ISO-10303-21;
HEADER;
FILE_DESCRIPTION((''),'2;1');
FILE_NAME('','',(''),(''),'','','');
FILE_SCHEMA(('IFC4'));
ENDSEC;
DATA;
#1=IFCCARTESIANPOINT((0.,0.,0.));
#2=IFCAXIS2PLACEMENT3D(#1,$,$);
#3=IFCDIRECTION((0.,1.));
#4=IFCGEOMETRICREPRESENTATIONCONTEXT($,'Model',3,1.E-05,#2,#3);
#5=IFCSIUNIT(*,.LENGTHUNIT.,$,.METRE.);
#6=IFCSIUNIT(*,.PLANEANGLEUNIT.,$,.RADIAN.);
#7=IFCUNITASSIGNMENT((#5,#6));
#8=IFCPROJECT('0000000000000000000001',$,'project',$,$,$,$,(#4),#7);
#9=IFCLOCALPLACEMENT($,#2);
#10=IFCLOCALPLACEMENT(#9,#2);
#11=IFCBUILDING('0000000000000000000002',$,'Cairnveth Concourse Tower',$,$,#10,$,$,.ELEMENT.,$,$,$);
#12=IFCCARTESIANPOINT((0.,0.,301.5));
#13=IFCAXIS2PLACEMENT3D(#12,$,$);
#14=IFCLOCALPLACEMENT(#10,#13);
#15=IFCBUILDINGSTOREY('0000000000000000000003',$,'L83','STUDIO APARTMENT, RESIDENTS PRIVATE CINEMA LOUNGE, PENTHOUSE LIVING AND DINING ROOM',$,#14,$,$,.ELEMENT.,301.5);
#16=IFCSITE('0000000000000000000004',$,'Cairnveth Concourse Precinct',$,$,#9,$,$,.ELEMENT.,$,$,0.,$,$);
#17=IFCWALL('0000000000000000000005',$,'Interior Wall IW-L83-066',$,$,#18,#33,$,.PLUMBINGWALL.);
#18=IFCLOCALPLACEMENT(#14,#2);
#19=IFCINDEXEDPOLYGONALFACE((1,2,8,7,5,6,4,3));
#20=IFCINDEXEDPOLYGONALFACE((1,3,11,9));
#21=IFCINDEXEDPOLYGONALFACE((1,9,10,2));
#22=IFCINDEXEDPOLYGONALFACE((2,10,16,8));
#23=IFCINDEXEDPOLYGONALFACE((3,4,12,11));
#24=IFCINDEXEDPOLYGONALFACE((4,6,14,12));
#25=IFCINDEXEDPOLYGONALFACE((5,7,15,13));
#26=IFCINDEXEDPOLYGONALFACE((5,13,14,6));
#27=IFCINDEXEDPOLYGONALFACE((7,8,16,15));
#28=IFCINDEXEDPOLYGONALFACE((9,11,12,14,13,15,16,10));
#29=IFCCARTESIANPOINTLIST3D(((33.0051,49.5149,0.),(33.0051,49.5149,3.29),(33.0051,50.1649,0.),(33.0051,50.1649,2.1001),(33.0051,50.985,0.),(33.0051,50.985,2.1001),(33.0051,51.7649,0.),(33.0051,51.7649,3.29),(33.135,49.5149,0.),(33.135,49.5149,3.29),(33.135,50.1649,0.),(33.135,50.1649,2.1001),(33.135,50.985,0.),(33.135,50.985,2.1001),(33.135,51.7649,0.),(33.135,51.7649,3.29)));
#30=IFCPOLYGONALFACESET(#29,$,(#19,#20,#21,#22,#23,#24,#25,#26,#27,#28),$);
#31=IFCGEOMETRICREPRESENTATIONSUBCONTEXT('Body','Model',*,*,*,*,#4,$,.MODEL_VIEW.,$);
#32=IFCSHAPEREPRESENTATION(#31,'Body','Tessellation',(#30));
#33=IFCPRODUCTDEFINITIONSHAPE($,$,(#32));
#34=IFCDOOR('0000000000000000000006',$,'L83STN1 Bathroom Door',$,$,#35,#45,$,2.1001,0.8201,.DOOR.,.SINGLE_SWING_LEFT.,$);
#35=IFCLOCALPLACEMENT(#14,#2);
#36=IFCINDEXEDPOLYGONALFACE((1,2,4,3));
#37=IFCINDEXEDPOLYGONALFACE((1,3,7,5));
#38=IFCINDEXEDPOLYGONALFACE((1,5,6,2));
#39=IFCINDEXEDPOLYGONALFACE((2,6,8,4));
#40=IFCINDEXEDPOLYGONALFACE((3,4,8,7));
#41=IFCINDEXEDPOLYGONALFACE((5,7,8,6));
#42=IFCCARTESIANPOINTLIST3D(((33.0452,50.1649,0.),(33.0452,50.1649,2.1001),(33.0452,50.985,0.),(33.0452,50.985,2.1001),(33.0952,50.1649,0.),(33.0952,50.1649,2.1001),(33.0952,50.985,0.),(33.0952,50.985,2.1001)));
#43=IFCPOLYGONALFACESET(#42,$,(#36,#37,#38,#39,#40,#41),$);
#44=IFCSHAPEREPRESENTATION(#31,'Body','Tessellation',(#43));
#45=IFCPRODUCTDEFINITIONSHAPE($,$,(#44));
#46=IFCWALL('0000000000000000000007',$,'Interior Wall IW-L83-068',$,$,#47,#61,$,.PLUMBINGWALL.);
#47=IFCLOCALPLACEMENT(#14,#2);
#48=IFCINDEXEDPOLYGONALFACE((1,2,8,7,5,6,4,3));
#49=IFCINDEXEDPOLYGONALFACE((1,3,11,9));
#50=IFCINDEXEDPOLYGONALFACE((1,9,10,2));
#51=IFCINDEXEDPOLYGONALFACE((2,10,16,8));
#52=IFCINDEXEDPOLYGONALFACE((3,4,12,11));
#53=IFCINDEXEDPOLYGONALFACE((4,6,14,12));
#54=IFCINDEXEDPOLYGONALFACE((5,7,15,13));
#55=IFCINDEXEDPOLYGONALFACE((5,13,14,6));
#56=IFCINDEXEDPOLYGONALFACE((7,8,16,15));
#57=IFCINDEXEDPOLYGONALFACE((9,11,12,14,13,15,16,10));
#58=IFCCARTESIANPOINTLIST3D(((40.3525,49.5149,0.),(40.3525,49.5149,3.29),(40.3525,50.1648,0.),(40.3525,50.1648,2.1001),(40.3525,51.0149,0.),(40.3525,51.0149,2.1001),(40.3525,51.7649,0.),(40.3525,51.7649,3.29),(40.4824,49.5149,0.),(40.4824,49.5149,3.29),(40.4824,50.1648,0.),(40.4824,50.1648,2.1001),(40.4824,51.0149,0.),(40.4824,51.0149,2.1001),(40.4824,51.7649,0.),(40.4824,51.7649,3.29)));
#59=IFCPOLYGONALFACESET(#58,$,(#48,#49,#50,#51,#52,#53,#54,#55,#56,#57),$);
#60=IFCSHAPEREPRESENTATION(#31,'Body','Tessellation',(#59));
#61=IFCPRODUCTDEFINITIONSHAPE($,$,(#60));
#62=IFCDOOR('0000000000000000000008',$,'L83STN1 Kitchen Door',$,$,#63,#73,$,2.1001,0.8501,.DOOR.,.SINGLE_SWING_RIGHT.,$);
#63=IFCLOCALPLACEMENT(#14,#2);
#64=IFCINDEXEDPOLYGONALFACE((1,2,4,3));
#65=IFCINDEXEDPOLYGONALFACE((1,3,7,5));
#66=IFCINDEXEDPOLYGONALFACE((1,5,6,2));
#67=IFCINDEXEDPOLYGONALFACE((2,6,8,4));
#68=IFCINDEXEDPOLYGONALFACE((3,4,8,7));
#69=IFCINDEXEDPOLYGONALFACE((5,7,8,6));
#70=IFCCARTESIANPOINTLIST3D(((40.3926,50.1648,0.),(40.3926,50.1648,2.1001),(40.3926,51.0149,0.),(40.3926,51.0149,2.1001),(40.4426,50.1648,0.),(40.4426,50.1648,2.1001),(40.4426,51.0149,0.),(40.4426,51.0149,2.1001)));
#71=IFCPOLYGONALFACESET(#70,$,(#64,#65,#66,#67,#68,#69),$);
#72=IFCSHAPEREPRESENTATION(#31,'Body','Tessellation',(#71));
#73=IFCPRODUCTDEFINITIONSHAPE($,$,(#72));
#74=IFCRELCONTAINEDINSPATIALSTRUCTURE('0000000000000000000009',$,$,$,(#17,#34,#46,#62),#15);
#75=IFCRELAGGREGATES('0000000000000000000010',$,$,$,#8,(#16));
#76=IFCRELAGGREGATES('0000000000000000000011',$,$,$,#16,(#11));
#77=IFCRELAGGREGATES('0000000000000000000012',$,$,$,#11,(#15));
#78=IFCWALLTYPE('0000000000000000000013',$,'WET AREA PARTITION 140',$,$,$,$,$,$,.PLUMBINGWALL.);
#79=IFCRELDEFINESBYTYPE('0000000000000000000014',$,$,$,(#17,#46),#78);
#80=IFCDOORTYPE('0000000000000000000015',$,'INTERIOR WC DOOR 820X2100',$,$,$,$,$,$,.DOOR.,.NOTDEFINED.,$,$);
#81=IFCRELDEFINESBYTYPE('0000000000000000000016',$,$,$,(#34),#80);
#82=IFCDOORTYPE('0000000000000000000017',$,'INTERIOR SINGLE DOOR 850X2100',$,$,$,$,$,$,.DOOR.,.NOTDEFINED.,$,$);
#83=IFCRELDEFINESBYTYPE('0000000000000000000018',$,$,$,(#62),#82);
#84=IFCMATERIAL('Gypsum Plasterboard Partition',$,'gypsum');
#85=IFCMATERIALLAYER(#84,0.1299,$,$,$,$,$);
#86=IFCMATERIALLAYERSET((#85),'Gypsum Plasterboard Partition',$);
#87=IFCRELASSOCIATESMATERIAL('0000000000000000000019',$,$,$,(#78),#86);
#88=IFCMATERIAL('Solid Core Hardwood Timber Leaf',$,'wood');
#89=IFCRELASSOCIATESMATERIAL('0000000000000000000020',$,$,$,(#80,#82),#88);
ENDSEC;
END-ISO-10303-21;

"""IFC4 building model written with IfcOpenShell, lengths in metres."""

from ifc_helpers import new_model, si_unit, direction, frame, frame_2d, origin, place, context, subcontext, project, spatial, rectangle, extrude, material, layer, layer_set, type_object, element, fill, save


model = new_model("IFC4")

# Units and contexts
model_context = context("Model", 3, precision=1e-05, world=origin(), true_north=direction((0.0, 1.0)))
body_context = subcontext(model_context, "Body", "Model", "MODEL_VIEW")
ifc_project = project(units=[si_unit("LENGTHUNIT", "METRE"), si_unit("PLANEANGLEUNIT", "RADIAN")], contexts=[model_context])

# Site, building, storey
site_placement = place(None, origin())
site = spatial("IfcSite", under=ifc_project, at=site_placement, Name="Cairnveth Concourse Precinct", CompositionType="ELEMENT", RefElevation=0.0)
building_placement = place(site_placement, origin())
building = spatial("IfcBuilding", under=site, at=building_placement, Name="Cairnveth Concourse Tower", CompositionType="ELEMENT")
storey_placement = place(building_placement, frame((0.0, 0.0, 301.5)))
storey = spatial("IfcBuildingStorey", under=building, at=storey_placement, Name="L83", Description="STUDIO APARTMENT, RESIDENTS PRIVATE CINEMA LOUNGE, PENTHOUSE LIVING AND DINING ROOM", CompositionType="ELEMENT", Elevation=301.5)

# Shared definitions
ifc_material_1 = material(Name="Gypsum Plasterboard Partition", Category="gypsum")
ifc_material_2 = material(Name="Solid Core Hardwood Timber Leaf", Category="wood")

# Walls, openings, doors
ifc_layer_1 = layer(ifc_material_1, 0.1299)
ifc_layer_set_1 = layer_set([ifc_layer_1], Name="Gypsum Plasterboard Partition")
wall_type_1 = type_object("IfcWallType", Name="WET AREA PARTITION 140", PredefinedType="PLUMBINGWALL", material=ifc_layer_set_1)
wall_1_placement = place(storey_placement, frame((33.0701, 49.5149, 0.0), z_axis=(0.0, 0.0, 1.0), x_axis=(0.0, 1.0, 0.0)))
wall_1 = element("IfcWall", 1, at=wall_1_placement, inside=storey, type_object=wall_type_1, Name="Interior Wall IW-L83-066", PredefinedType="PLUMBINGWALL", context=body_context, shape_type="SweptSolid", body=[
    extrude(rectangle(XDim=2.25, YDim=0.1299, at=frame_2d((1.125, 0.0))), origin(), (0.0, 0.0, 1.0), 3.29),
])
opening_1_placement = place(wall_1_placement, frame((0.6499, 0.0, 0.0)))
opening_1 = element("IfcOpeningElement", 2, at=opening_1_placement, cuts=wall_1, PredefinedType="OPENING", context=body_context, shape_type="SweptSolid", body=[
    extrude(rectangle(XDim=0.8201, YDim=2.1001, at=frame_2d((0.4102, 1.05))), frame((0.0, 0.075, 0.0), z_axis=(0.0, -1.0, 0.0), x_axis=(1.0, 0.0, 0.0)), (0.0, 0.0, 1.0), 0.1499),
])
door_type_1 = type_object("IfcDoorType", Name="INTERIOR WC DOOR 820X2100", OperationType="NOTDEFINED", PredefinedType="DOOR", material=ifc_material_2)
door_1_placement = place(opening_1_placement, origin())
door_1 = element("IfcDoor", 3, at=door_1_placement, inside=storey, type_object=door_type_1, Name="L83STN1 Bathroom Door", OperationType="SINGLE_SWING_LEFT", OverallHeight=2.1001, OverallWidth=0.8201, PredefinedType="DOOR", context=body_context, shape_type="SweptSolid", body=[
    extrude(rectangle(XDim=0.8201, YDim=2.1001, at=frame_2d((0.4102, 1.05))), frame((0.0, 0.0249, 0.0), z_axis=(0.0, -1.0, 0.0), x_axis=(1.0, 0.0, 0.0)), (0.0, 0.0, 1.0), 0.05),
])
fill(opening_1, door_1)
wall_2_placement = place(storey_placement, frame((40.4175, 49.5149, 0.0), z_axis=(0.0, 0.0, 1.0), x_axis=(0.0, 1.0, 0.0)))
wall_2 = element("IfcWall", 4, at=wall_2_placement, inside=storey, type_object=wall_type_1, Name="Interior Wall IW-L83-068", PredefinedType="PLUMBINGWALL", context=body_context, shape_type="SweptSolid", body=[
    extrude(rectangle(XDim=2.25, YDim=0.1299, at=frame_2d((1.125, 0.0))), origin(), (0.0, 0.0, 1.0), 3.29),
])
opening_2_placement = place(wall_2_placement, frame((0.6499, 0.0, 0.0)))
opening_2 = element("IfcOpeningElement", 5, at=opening_2_placement, cuts=wall_2, PredefinedType="OPENING", context=body_context, shape_type="SweptSolid", body=[
    extrude(rectangle(XDim=0.8501, YDim=2.1001, at=frame_2d((0.425, 1.05))), frame((0.0, 0.075, 0.0), z_axis=(0.0, -1.0, 0.0), x_axis=(1.0, 0.0, 0.0)), (0.0, 0.0, 1.0), 0.1499),
])
door_type_2 = type_object("IfcDoorType", Name="INTERIOR SINGLE DOOR 850X2100", OperationType="NOTDEFINED", PredefinedType="DOOR", material=ifc_material_2)
door_2_placement = place(opening_2_placement, origin())
door_2 = element("IfcDoor", 6, at=door_2_placement, inside=storey, type_object=door_type_2, Name="L83STN1 Kitchen Door", OperationType="SINGLE_SWING_RIGHT", OverallHeight=2.1001, OverallWidth=0.8501, PredefinedType="DOOR", context=body_context, shape_type="SweptSolid", body=[
    extrude(rectangle(XDim=0.8501, YDim=2.1001, at=frame_2d((0.425, 1.05))), frame((0.0, 0.0249, 0.0), z_axis=(0.0, -1.0, 0.0), x_axis=(1.0, 0.0, 0.0)), (0.0, 0.0, 1.0), 0.05),
])
fill(opening_2, door_2)

save(model, "model.ifc")
